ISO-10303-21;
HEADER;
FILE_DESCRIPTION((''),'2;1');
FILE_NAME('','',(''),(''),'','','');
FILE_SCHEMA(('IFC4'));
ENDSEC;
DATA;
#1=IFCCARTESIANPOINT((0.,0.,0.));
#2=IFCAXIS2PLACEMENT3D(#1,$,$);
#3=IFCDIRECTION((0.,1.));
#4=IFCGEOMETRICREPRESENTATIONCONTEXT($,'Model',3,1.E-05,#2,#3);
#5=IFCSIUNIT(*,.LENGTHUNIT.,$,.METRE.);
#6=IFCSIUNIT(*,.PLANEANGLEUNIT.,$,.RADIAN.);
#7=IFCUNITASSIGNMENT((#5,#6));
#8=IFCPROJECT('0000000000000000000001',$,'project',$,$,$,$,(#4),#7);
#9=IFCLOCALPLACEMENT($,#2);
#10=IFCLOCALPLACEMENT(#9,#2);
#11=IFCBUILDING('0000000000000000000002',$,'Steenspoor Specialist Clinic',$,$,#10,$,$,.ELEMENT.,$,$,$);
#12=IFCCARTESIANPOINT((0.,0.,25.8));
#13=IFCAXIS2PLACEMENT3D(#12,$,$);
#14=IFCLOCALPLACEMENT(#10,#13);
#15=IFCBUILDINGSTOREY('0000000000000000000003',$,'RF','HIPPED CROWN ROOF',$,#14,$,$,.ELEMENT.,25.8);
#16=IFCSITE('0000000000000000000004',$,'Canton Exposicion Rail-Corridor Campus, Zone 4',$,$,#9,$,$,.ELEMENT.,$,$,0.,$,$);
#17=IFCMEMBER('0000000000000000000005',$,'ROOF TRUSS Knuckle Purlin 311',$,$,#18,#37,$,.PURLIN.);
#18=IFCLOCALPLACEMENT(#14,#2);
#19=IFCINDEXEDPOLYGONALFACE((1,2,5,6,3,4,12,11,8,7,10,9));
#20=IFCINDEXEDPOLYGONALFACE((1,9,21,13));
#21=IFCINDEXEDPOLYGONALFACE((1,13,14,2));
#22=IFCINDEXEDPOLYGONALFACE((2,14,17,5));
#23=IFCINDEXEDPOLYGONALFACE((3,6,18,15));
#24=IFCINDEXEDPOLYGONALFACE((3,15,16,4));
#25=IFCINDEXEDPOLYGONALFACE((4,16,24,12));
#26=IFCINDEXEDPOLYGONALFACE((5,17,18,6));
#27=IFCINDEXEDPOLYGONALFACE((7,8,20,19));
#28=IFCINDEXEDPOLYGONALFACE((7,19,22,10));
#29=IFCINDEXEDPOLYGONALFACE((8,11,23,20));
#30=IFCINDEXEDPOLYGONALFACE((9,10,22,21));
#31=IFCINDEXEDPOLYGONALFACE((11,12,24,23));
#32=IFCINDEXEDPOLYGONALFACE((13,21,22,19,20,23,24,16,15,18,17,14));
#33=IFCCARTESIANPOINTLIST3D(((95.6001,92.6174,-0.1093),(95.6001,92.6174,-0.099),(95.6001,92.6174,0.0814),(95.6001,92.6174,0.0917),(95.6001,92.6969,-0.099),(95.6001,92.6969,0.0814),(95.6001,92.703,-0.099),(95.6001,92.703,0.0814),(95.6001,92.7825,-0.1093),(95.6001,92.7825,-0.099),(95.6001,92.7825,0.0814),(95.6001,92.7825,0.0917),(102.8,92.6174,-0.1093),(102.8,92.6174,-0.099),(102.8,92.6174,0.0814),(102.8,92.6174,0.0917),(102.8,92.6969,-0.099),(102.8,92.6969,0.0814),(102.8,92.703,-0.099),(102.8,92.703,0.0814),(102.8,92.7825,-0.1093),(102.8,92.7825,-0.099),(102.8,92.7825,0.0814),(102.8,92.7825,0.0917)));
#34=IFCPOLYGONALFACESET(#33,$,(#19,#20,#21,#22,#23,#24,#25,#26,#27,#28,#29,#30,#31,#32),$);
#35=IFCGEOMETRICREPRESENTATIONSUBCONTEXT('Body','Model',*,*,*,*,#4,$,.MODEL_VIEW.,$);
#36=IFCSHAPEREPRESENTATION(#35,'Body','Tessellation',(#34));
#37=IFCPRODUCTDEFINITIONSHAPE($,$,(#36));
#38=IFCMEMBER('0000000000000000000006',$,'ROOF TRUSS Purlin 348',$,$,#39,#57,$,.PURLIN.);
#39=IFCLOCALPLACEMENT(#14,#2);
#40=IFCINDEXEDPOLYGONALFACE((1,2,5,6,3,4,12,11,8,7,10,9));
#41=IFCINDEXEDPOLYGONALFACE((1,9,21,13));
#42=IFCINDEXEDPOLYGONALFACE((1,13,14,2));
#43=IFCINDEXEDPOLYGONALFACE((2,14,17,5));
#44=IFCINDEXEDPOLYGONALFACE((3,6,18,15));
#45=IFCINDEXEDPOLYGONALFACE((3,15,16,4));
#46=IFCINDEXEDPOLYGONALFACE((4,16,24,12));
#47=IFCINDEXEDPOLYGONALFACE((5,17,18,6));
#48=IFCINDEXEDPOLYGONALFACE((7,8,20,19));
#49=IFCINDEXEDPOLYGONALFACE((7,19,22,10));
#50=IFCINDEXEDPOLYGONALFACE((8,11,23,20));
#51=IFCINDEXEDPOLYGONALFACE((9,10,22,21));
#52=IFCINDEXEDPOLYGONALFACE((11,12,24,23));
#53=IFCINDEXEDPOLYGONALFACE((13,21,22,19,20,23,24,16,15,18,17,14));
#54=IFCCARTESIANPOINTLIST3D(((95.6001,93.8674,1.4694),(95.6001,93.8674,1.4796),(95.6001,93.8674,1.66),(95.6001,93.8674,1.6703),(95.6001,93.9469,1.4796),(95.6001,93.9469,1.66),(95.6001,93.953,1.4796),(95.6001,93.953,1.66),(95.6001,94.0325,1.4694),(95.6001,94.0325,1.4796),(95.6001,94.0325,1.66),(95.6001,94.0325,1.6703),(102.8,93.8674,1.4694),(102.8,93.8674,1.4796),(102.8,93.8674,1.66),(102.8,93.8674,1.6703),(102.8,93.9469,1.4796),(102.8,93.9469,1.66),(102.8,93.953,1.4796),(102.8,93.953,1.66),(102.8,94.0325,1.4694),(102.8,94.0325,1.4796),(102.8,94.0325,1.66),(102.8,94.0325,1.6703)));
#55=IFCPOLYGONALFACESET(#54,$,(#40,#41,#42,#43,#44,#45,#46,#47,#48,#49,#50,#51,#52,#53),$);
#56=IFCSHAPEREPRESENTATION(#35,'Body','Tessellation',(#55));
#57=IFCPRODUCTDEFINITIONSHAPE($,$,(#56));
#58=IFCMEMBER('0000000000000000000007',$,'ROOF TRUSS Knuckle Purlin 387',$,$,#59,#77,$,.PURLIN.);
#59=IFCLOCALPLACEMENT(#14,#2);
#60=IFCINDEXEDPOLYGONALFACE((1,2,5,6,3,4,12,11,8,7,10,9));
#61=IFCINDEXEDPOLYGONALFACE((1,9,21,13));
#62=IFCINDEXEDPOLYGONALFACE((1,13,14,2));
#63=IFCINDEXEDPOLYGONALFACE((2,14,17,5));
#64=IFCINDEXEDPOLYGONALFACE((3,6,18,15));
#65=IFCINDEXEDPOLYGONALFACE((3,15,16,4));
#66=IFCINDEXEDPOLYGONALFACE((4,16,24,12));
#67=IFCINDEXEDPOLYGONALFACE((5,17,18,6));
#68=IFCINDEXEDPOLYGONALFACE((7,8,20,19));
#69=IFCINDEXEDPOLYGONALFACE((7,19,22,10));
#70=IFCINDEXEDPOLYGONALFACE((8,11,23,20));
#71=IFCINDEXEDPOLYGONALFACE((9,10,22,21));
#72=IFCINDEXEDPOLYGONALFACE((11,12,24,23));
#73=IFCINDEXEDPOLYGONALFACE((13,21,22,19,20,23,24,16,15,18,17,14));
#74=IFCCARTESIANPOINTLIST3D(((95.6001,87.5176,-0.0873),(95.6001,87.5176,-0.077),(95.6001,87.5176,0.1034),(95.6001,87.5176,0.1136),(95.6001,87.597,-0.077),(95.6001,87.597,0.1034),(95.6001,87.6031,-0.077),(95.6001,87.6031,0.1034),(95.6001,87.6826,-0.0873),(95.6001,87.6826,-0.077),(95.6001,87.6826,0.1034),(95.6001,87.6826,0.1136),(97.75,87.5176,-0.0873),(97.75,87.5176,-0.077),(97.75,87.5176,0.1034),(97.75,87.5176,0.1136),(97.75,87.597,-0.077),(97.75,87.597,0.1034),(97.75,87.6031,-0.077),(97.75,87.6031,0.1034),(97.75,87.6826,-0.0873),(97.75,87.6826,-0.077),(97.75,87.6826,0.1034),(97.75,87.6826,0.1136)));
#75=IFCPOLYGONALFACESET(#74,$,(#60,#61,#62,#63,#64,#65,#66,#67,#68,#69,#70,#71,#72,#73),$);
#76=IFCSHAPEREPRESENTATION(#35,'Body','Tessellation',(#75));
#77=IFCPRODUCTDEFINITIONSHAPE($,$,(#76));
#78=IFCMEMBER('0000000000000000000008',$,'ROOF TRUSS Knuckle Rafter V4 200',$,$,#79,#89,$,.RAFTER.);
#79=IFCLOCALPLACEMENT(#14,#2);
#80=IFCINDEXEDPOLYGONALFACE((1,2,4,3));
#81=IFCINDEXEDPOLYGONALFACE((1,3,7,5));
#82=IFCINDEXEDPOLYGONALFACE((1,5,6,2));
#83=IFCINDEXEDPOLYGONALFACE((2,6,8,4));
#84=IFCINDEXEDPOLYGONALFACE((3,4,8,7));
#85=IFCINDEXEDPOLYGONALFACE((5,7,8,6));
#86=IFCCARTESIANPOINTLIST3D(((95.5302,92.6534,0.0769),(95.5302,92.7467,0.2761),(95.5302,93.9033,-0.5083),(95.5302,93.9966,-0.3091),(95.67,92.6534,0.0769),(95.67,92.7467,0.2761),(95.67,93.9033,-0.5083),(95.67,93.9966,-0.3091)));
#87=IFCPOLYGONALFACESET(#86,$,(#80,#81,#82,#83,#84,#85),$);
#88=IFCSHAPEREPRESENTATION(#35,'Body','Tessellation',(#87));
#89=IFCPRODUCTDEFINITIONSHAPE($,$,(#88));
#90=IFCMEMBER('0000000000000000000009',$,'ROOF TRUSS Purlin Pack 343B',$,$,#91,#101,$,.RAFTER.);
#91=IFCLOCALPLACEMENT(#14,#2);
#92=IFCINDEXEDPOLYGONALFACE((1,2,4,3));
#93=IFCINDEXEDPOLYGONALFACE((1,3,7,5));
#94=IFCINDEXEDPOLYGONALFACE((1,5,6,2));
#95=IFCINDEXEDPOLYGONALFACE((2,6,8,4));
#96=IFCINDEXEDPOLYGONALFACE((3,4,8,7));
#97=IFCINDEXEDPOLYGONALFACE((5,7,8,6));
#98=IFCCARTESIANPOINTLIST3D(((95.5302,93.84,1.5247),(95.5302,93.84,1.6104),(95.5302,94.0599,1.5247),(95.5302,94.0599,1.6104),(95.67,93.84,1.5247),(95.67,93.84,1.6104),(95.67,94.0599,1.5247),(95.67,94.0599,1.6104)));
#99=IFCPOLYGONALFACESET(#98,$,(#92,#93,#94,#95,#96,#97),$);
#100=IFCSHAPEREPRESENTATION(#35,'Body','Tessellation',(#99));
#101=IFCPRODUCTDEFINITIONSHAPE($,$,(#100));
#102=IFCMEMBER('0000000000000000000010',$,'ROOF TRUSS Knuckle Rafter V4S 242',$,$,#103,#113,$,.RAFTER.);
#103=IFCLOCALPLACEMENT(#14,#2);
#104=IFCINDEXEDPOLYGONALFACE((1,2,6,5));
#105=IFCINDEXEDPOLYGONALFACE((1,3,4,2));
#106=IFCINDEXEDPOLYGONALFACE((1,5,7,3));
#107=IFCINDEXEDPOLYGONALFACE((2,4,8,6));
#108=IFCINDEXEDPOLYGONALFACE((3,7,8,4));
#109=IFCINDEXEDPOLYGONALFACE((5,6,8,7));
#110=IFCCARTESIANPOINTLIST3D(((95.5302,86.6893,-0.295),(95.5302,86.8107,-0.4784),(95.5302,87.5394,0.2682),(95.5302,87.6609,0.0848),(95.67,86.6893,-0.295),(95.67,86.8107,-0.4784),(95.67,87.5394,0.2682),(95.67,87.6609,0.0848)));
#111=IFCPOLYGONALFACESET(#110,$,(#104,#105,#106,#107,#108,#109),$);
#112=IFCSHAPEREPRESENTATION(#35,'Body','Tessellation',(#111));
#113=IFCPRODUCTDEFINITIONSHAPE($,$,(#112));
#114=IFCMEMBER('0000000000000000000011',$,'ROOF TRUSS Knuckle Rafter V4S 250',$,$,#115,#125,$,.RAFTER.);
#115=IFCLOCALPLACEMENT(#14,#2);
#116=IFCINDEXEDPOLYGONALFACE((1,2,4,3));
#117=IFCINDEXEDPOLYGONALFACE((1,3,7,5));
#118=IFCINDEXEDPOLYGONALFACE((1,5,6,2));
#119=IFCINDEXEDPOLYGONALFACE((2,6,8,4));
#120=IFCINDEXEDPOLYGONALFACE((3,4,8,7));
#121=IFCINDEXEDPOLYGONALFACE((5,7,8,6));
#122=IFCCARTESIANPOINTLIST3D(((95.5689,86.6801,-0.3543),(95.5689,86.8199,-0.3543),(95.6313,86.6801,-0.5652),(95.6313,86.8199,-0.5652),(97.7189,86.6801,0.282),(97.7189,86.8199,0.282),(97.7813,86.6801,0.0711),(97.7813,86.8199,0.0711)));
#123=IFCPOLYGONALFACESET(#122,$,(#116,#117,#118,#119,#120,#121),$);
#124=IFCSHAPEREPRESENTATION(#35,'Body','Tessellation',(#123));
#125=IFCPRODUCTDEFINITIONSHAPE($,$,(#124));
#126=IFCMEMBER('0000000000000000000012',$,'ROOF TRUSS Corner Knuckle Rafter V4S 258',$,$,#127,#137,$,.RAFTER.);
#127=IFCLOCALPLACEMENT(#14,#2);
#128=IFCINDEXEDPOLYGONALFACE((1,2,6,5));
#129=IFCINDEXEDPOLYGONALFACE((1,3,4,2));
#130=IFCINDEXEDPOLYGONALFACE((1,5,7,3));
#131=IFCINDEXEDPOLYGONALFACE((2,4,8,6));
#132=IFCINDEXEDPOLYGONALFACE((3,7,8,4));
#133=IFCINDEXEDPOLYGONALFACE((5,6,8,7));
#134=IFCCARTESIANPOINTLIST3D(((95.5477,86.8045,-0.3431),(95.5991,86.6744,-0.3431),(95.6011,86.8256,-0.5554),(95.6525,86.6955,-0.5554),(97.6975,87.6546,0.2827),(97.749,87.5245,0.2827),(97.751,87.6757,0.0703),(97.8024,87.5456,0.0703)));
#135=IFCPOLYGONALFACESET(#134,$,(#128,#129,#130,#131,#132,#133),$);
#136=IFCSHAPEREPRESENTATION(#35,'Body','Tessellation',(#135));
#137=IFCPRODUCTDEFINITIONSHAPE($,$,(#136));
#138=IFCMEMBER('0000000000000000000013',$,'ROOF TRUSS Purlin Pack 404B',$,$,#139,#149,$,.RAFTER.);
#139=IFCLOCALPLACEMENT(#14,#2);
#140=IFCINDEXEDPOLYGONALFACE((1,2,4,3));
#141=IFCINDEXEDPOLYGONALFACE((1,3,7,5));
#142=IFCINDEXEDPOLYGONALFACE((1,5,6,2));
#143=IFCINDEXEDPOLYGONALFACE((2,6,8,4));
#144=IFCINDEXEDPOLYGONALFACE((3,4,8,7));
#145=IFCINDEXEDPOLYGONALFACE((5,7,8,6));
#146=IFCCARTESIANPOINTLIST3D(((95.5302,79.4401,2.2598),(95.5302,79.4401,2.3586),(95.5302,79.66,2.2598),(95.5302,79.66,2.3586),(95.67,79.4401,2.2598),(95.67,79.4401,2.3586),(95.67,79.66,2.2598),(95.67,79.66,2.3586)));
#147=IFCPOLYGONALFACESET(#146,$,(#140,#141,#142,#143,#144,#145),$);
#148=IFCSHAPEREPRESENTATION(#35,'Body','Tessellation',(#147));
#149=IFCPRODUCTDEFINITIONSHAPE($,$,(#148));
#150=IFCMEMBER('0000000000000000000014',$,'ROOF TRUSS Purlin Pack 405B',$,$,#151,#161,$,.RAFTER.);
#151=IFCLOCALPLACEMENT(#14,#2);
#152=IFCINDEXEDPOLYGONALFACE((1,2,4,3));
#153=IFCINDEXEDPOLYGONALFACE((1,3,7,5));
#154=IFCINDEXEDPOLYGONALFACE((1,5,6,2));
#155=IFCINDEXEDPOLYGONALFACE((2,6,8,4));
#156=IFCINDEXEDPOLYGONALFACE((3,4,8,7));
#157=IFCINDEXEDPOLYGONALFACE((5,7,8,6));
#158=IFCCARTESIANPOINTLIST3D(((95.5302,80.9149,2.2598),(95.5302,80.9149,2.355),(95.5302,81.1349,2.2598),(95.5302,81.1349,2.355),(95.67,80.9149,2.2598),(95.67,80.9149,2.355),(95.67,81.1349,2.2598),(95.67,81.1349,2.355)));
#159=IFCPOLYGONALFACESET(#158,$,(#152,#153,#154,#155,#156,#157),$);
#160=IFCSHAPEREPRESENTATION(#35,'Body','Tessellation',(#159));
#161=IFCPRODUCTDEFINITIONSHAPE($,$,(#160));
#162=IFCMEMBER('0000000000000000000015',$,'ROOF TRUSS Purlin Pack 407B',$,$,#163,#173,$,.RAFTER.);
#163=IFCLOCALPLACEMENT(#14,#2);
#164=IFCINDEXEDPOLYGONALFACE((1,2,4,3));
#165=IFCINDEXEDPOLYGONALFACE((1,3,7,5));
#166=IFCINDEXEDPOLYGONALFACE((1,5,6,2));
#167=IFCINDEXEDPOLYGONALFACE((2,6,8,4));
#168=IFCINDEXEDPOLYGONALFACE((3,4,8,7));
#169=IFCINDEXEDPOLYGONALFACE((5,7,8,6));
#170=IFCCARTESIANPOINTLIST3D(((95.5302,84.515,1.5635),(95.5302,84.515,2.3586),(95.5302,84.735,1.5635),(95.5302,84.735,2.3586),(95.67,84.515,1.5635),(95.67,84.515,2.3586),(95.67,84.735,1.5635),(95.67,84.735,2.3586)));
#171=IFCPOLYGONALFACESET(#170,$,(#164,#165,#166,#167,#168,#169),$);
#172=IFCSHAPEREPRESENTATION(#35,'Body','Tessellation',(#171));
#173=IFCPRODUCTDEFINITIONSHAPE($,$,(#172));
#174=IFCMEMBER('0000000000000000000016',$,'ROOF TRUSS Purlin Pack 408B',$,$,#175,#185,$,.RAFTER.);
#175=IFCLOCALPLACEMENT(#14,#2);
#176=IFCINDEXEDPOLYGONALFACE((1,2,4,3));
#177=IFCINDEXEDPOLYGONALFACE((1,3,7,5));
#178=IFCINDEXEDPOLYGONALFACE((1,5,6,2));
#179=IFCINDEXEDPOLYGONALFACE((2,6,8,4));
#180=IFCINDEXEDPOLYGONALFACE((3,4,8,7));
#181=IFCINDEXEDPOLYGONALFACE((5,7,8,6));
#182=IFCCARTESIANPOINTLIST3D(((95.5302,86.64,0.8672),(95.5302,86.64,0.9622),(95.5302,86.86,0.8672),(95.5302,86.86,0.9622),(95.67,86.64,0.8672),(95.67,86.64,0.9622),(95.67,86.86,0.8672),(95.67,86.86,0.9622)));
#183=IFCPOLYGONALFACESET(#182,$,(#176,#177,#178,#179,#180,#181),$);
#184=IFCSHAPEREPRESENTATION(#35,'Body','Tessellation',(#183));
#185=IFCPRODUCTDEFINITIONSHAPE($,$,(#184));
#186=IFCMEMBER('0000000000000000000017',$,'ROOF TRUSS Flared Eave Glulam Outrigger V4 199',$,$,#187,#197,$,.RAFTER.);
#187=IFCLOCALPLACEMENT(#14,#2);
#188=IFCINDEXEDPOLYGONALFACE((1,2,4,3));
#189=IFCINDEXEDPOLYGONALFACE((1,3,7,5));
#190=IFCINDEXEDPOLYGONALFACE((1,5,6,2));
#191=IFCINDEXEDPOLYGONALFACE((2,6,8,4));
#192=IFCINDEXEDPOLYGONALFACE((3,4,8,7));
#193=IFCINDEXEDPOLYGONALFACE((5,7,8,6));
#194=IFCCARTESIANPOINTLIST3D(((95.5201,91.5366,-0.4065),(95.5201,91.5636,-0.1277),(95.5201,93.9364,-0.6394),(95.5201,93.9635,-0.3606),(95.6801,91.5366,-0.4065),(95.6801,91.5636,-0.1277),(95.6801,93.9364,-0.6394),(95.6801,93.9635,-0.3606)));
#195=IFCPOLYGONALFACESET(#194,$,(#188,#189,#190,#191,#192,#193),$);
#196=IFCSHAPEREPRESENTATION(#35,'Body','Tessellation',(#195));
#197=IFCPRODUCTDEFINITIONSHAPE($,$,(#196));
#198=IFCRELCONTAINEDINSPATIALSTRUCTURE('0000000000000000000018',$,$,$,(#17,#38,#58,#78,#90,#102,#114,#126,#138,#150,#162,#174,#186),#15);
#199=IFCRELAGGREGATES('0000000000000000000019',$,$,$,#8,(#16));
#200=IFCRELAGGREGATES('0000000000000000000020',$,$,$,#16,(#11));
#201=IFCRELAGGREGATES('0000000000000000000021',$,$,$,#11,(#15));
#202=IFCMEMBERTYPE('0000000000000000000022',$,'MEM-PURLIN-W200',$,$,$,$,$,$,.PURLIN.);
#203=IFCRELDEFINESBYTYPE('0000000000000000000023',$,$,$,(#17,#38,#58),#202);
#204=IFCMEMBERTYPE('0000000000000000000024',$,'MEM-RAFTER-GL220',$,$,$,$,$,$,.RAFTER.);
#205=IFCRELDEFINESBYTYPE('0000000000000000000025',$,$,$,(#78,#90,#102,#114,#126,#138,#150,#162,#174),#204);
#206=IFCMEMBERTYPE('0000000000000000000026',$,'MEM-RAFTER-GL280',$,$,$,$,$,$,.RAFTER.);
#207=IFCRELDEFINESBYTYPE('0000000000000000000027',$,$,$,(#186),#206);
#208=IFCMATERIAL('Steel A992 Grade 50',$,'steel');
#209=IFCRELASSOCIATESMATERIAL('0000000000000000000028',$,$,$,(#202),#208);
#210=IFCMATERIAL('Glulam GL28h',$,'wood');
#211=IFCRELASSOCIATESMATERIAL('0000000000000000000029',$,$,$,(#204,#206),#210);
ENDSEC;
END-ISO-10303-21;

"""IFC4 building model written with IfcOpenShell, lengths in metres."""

from ifc_helpers import new_model, si_unit, direction, frame, origin, origin_2d, place, context, subcontext, project, spatial, rectangle, i_section, extrude, material, material_profile, profile_set, type_object, element, save


model = new_model("IFC4")

# Units and contexts
model_context = context("Model", 3, precision=1e-05, world=origin(), true_north=direction((0.0, 1.0)))
body_context = subcontext(model_context, "Body", "Model", "MODEL_VIEW")
ifc_project = project(units=[si_unit("LENGTHUNIT", "METRE"), si_unit("PLANEANGLEUNIT", "RADIAN")], contexts=[model_context])

# Site, building, storey
site_placement = place(None, origin())
site = spatial("IfcSite", under=ifc_project, at=site_placement, Name="Canton Exposicion Rail-Corridor Campus, Zone 4", CompositionType="ELEMENT", RefElevation=0.0)
building_placement = place(site_placement, origin())
building = spatial("IfcBuilding", under=site, at=building_placement, Name="Steenspoor Specialist Clinic", CompositionType="ELEMENT")
storey_placement = place(building_placement, frame((0.0, 0.0, 25.8)))
storey = spatial("IfcBuildingStorey", under=building, at=storey_placement, Name="RF", Description="HIPPED CROWN ROOF", CompositionType="ELEMENT", Elevation=25.8)

# Shared definitions
ifc_material_1 = material(Name="Steel A992 Grade 50", Category="steel")

# Members
ifc_material_profile_1 = material_profile(ifc_material_1, i_section(OverallWidth=0.165, OverallDepth=0.2009, WebThickness=0.0061, FlangeThickness=0.0103, at=origin_2d()), Name="W200X36")
ifc_profile_set_1 = profile_set([ifc_material_profile_1], Name="Steel A992 Grade 50")
member_type_1 = type_object("IfcMemberType", Name="MEM-PURLIN-W200", PredefinedType="PURLIN", material=ifc_profile_set_1)
for number, where, z_axis, x_axis, name in (
    (1, (95.6001, 92.7, -0.0088), (1.0, 0.0, 0.0), (0.0, 1.0, 0.0), "ROOF TRUSS Knuckle Purlin 311"),
    (2, (95.6001, 93.95, 1.5698), (1.0, 0.0, 0.0), (0.0, 1.0, 0.0), "ROOF TRUSS Purlin 348"),
):
    element("IfcMember", number, at=place(storey_placement, frame(where, z_axis=z_axis, x_axis=x_axis)), inside=storey, type_object=member_type_1, Name=name, PredefinedType="PURLIN", context=body_context, shape_type="SweptSolid", body=[
        extrude(i_section(OverallWidth=0.165, OverallDepth=0.2009, WebThickness=0.0061, FlangeThickness=0.0103, at=origin_2d()), origin(), (0.0, 0.0, 1.0), 7.2),
    ])
member_1_placement = place(storey_placement, frame((95.6001, 87.6001, 0.0132), z_axis=(1.0, 0.0, 0.0), x_axis=(0.0, 1.0, 0.0)))
element("IfcMember", 3, at=member_1_placement, inside=storey, type_object=member_type_1, Name="ROOF TRUSS Knuckle Purlin 387", PredefinedType="PURLIN", context=body_context, shape_type="SweptSolid", body=[
    extrude(i_section(OverallWidth=0.165, OverallDepth=0.2009, WebThickness=0.0061, FlangeThickness=0.0103, at=origin_2d()), origin(), (0.0, 0.0, 1.0), 2.1499),
])
ifc_material_2 = material(Name="Glulam GL28h", Category="wood")
ifc_material_profile_2 = material_profile(ifc_material_2, rectangle(XDim=0.1399, YDim=0.22, at=origin_2d()), Name="GL28H-140X220")
ifc_profile_set_2 = profile_set([ifc_material_profile_2], Name="Glulam GL28h")
member_type_2 = type_object("IfcMemberType", Name="MEM-RAFTER-GL220", PredefinedType="RAFTER", material=ifc_profile_set_2)
member_2_placement = place(storey_placement, frame((95.6001, 93.95, -0.4087), z_axis=(0.0, -0.905663, 0.423999), x_axis=(1.0, 0.0, 0.0)))
element("IfcMember", 4, at=member_2_placement, inside=storey, type_object=member_type_2, Name="ROOF TRUSS Knuckle Rafter V4 200", PredefinedType="RAFTER", context=body_context, shape_type="SweptSolid", body=[
    extrude(rectangle(XDim=0.1399, YDim=0.22, at=origin_2d()), origin(), (0.0, 0.0, 1.0), 1.3801),
])
member_3_placement = place(storey_placement, frame((95.6001, 93.95, 1.5247), z_axis=(0.0, 0.0, 1.0), x_axis=(1.0, 0.0, 0.0)))
element("IfcMember", 5, at=member_3_placement, inside=storey, type_object=member_type_2, Name="ROOF TRUSS Purlin Pack 343B", PredefinedType="RAFTER", context=body_context, shape_type="SweptSolid", body=[
    extrude(rectangle(XDim=0.1399, YDim=0.22, at=origin_2d()), origin(), (0.0, 0.0, 1.0), 0.0857),
])
member_4_placement = place(storey_placement, frame((95.6001, 86.75, -0.3867), z_axis=(0.0, 0.833631, 0.552322), x_axis=(-1.0, 0.0, 0.0)))
element("IfcMember", 6, at=member_4_placement, inside=storey, type_object=member_type_2, Name="ROOF TRUSS Knuckle Rafter V4S 242", PredefinedType="RAFTER", context=body_context, shape_type="SweptSolid", body=[
    extrude(rectangle(XDim=0.1399, YDim=0.22, at=origin_2d()), origin(), (0.0, 0.0, 1.0), 1.0198),
])
member_5_placement = place(storey_placement, frame((95.6001, 86.75, -0.4597), z_axis=(0.958893, 0.0, 0.283769), x_axis=(0.0, 1.0, 0.0)))
element("IfcMember", 7, at=member_5_placement, inside=storey, type_object=member_type_2, Name="ROOF TRUSS Knuckle Rafter V4S 250", PredefinedType="RAFTER", context=body_context, shape_type="SweptSolid", body=[
    extrude(rectangle(XDim=0.1399, YDim=0.22, at=origin_2d()), origin(), (0.0, 0.0, 1.0), 2.2422),
])
member_6_placement = place(storey_placement, frame((95.6001, 86.75, -0.4492), z_axis=(0.897642, 0.354939, 0.26126), x_axis=(-0.36771, 0.929941, 0.0)))
element("IfcMember", 8, at=member_6_placement, inside=storey, type_object=member_type_2, Name="ROOF TRUSS Corner Knuckle Rafter V4S 258", PredefinedType="RAFTER", context=body_context, shape_type="SweptSolid", body=[
    extrude(rectangle(XDim=0.1399, YDim=0.22, at=origin_2d()), origin(), (0.0, 0.0, 1.0), 2.395),
])
member_7_placement = place(storey_placement, frame((95.6001, 79.55, 2.2598), z_axis=(0.0, 0.0, 1.0), x_axis=(1.0, 0.0, 0.0)))
element("IfcMember", 9, at=member_7_placement, inside=storey, type_object=member_type_2, Name="ROOF TRUSS Purlin Pack 404B", PredefinedType="RAFTER", context=body_context, shape_type="SweptSolid", body=[
    extrude(rectangle(XDim=0.1399, YDim=0.22, at=origin_2d()), origin(), (0.0, 0.0, 1.0), 0.0989),
])
member_8_placement = place(storey_placement, frame((95.6001, 81.0249, 2.2598), z_axis=(0.0, 0.0, 1.0), x_axis=(1.0, 0.0, 0.0)))
element("IfcMember", 10, at=member_8_placement, inside=storey, type_object=member_type_2, Name="ROOF TRUSS Purlin Pack 405B", PredefinedType="RAFTER", context=body_context, shape_type="SweptSolid", body=[
    extrude(rectangle(XDim=0.1399, YDim=0.22, at=origin_2d()), origin(), (0.0, 0.0, 1.0), 0.0952),
])
member_9_placement = place(storey_placement, frame((95.6001, 84.625, 1.5635), z_axis=(0.0, 0.0, 1.0), x_axis=(1.0, 0.0, 0.0)))
element("IfcMember", 11, at=member_9_placement, inside=storey, type_object=member_type_2, Name="ROOF TRUSS Purlin Pack 407B", PredefinedType="RAFTER", context=body_context, shape_type="SweptSolid", body=[
    extrude(rectangle(XDim=0.1399, YDim=0.22, at=origin_2d()), origin(), (0.0, 0.0, 1.0), 0.7952),
])
member_10_placement = place(storey_placement, frame((95.6001, 86.75, 0.8672), z_axis=(0.0, 0.0, 1.0), x_axis=(1.0, 0.0, 0.0)))
element("IfcMember", 12, at=member_10_placement, inside=storey, type_object=member_type_2, Name="ROOF TRUSS Purlin Pack 408B", PredefinedType="RAFTER", context=body_context, shape_type="SweptSolid", body=[
    extrude(rectangle(XDim=0.1399, YDim=0.22, at=origin_2d()), origin(), (0.0, 0.0, 1.0), 0.095),
])
ifc_material_profile_3 = material_profile(ifc_material_2, rectangle(XDim=0.1599, YDim=0.28, at=origin_2d()), Name="GL28H-160X280")
ifc_profile_set_3 = profile_set([ifc_material_profile_3], Name="Glulam GL28h")
member_type_3 = type_object("IfcMemberType", Name="MEM-RAFTER-GL280", PredefinedType="RAFTER", material=ifc_profile_set_3)
member_11_placement = place(storey_placement, frame((95.6001, 93.95, -0.5), z_axis=(0.0, -0.995324, 0.096596), x_axis=(1.0, 0.0, 0.0)))
element("IfcMember", 13, at=member_11_placement, inside=storey, type_object=member_type_3, Name="ROOF TRUSS Flared Eave Glulam Outrigger V4 199", PredefinedType="RAFTER", context=body_context, shape_type="SweptSolid", body=[
    extrude(rectangle(XDim=0.1599, YDim=0.28, at=origin_2d()), origin(), (0.0, 0.0, 1.0), 2.4111),
])

save(model, "model.ifc")
